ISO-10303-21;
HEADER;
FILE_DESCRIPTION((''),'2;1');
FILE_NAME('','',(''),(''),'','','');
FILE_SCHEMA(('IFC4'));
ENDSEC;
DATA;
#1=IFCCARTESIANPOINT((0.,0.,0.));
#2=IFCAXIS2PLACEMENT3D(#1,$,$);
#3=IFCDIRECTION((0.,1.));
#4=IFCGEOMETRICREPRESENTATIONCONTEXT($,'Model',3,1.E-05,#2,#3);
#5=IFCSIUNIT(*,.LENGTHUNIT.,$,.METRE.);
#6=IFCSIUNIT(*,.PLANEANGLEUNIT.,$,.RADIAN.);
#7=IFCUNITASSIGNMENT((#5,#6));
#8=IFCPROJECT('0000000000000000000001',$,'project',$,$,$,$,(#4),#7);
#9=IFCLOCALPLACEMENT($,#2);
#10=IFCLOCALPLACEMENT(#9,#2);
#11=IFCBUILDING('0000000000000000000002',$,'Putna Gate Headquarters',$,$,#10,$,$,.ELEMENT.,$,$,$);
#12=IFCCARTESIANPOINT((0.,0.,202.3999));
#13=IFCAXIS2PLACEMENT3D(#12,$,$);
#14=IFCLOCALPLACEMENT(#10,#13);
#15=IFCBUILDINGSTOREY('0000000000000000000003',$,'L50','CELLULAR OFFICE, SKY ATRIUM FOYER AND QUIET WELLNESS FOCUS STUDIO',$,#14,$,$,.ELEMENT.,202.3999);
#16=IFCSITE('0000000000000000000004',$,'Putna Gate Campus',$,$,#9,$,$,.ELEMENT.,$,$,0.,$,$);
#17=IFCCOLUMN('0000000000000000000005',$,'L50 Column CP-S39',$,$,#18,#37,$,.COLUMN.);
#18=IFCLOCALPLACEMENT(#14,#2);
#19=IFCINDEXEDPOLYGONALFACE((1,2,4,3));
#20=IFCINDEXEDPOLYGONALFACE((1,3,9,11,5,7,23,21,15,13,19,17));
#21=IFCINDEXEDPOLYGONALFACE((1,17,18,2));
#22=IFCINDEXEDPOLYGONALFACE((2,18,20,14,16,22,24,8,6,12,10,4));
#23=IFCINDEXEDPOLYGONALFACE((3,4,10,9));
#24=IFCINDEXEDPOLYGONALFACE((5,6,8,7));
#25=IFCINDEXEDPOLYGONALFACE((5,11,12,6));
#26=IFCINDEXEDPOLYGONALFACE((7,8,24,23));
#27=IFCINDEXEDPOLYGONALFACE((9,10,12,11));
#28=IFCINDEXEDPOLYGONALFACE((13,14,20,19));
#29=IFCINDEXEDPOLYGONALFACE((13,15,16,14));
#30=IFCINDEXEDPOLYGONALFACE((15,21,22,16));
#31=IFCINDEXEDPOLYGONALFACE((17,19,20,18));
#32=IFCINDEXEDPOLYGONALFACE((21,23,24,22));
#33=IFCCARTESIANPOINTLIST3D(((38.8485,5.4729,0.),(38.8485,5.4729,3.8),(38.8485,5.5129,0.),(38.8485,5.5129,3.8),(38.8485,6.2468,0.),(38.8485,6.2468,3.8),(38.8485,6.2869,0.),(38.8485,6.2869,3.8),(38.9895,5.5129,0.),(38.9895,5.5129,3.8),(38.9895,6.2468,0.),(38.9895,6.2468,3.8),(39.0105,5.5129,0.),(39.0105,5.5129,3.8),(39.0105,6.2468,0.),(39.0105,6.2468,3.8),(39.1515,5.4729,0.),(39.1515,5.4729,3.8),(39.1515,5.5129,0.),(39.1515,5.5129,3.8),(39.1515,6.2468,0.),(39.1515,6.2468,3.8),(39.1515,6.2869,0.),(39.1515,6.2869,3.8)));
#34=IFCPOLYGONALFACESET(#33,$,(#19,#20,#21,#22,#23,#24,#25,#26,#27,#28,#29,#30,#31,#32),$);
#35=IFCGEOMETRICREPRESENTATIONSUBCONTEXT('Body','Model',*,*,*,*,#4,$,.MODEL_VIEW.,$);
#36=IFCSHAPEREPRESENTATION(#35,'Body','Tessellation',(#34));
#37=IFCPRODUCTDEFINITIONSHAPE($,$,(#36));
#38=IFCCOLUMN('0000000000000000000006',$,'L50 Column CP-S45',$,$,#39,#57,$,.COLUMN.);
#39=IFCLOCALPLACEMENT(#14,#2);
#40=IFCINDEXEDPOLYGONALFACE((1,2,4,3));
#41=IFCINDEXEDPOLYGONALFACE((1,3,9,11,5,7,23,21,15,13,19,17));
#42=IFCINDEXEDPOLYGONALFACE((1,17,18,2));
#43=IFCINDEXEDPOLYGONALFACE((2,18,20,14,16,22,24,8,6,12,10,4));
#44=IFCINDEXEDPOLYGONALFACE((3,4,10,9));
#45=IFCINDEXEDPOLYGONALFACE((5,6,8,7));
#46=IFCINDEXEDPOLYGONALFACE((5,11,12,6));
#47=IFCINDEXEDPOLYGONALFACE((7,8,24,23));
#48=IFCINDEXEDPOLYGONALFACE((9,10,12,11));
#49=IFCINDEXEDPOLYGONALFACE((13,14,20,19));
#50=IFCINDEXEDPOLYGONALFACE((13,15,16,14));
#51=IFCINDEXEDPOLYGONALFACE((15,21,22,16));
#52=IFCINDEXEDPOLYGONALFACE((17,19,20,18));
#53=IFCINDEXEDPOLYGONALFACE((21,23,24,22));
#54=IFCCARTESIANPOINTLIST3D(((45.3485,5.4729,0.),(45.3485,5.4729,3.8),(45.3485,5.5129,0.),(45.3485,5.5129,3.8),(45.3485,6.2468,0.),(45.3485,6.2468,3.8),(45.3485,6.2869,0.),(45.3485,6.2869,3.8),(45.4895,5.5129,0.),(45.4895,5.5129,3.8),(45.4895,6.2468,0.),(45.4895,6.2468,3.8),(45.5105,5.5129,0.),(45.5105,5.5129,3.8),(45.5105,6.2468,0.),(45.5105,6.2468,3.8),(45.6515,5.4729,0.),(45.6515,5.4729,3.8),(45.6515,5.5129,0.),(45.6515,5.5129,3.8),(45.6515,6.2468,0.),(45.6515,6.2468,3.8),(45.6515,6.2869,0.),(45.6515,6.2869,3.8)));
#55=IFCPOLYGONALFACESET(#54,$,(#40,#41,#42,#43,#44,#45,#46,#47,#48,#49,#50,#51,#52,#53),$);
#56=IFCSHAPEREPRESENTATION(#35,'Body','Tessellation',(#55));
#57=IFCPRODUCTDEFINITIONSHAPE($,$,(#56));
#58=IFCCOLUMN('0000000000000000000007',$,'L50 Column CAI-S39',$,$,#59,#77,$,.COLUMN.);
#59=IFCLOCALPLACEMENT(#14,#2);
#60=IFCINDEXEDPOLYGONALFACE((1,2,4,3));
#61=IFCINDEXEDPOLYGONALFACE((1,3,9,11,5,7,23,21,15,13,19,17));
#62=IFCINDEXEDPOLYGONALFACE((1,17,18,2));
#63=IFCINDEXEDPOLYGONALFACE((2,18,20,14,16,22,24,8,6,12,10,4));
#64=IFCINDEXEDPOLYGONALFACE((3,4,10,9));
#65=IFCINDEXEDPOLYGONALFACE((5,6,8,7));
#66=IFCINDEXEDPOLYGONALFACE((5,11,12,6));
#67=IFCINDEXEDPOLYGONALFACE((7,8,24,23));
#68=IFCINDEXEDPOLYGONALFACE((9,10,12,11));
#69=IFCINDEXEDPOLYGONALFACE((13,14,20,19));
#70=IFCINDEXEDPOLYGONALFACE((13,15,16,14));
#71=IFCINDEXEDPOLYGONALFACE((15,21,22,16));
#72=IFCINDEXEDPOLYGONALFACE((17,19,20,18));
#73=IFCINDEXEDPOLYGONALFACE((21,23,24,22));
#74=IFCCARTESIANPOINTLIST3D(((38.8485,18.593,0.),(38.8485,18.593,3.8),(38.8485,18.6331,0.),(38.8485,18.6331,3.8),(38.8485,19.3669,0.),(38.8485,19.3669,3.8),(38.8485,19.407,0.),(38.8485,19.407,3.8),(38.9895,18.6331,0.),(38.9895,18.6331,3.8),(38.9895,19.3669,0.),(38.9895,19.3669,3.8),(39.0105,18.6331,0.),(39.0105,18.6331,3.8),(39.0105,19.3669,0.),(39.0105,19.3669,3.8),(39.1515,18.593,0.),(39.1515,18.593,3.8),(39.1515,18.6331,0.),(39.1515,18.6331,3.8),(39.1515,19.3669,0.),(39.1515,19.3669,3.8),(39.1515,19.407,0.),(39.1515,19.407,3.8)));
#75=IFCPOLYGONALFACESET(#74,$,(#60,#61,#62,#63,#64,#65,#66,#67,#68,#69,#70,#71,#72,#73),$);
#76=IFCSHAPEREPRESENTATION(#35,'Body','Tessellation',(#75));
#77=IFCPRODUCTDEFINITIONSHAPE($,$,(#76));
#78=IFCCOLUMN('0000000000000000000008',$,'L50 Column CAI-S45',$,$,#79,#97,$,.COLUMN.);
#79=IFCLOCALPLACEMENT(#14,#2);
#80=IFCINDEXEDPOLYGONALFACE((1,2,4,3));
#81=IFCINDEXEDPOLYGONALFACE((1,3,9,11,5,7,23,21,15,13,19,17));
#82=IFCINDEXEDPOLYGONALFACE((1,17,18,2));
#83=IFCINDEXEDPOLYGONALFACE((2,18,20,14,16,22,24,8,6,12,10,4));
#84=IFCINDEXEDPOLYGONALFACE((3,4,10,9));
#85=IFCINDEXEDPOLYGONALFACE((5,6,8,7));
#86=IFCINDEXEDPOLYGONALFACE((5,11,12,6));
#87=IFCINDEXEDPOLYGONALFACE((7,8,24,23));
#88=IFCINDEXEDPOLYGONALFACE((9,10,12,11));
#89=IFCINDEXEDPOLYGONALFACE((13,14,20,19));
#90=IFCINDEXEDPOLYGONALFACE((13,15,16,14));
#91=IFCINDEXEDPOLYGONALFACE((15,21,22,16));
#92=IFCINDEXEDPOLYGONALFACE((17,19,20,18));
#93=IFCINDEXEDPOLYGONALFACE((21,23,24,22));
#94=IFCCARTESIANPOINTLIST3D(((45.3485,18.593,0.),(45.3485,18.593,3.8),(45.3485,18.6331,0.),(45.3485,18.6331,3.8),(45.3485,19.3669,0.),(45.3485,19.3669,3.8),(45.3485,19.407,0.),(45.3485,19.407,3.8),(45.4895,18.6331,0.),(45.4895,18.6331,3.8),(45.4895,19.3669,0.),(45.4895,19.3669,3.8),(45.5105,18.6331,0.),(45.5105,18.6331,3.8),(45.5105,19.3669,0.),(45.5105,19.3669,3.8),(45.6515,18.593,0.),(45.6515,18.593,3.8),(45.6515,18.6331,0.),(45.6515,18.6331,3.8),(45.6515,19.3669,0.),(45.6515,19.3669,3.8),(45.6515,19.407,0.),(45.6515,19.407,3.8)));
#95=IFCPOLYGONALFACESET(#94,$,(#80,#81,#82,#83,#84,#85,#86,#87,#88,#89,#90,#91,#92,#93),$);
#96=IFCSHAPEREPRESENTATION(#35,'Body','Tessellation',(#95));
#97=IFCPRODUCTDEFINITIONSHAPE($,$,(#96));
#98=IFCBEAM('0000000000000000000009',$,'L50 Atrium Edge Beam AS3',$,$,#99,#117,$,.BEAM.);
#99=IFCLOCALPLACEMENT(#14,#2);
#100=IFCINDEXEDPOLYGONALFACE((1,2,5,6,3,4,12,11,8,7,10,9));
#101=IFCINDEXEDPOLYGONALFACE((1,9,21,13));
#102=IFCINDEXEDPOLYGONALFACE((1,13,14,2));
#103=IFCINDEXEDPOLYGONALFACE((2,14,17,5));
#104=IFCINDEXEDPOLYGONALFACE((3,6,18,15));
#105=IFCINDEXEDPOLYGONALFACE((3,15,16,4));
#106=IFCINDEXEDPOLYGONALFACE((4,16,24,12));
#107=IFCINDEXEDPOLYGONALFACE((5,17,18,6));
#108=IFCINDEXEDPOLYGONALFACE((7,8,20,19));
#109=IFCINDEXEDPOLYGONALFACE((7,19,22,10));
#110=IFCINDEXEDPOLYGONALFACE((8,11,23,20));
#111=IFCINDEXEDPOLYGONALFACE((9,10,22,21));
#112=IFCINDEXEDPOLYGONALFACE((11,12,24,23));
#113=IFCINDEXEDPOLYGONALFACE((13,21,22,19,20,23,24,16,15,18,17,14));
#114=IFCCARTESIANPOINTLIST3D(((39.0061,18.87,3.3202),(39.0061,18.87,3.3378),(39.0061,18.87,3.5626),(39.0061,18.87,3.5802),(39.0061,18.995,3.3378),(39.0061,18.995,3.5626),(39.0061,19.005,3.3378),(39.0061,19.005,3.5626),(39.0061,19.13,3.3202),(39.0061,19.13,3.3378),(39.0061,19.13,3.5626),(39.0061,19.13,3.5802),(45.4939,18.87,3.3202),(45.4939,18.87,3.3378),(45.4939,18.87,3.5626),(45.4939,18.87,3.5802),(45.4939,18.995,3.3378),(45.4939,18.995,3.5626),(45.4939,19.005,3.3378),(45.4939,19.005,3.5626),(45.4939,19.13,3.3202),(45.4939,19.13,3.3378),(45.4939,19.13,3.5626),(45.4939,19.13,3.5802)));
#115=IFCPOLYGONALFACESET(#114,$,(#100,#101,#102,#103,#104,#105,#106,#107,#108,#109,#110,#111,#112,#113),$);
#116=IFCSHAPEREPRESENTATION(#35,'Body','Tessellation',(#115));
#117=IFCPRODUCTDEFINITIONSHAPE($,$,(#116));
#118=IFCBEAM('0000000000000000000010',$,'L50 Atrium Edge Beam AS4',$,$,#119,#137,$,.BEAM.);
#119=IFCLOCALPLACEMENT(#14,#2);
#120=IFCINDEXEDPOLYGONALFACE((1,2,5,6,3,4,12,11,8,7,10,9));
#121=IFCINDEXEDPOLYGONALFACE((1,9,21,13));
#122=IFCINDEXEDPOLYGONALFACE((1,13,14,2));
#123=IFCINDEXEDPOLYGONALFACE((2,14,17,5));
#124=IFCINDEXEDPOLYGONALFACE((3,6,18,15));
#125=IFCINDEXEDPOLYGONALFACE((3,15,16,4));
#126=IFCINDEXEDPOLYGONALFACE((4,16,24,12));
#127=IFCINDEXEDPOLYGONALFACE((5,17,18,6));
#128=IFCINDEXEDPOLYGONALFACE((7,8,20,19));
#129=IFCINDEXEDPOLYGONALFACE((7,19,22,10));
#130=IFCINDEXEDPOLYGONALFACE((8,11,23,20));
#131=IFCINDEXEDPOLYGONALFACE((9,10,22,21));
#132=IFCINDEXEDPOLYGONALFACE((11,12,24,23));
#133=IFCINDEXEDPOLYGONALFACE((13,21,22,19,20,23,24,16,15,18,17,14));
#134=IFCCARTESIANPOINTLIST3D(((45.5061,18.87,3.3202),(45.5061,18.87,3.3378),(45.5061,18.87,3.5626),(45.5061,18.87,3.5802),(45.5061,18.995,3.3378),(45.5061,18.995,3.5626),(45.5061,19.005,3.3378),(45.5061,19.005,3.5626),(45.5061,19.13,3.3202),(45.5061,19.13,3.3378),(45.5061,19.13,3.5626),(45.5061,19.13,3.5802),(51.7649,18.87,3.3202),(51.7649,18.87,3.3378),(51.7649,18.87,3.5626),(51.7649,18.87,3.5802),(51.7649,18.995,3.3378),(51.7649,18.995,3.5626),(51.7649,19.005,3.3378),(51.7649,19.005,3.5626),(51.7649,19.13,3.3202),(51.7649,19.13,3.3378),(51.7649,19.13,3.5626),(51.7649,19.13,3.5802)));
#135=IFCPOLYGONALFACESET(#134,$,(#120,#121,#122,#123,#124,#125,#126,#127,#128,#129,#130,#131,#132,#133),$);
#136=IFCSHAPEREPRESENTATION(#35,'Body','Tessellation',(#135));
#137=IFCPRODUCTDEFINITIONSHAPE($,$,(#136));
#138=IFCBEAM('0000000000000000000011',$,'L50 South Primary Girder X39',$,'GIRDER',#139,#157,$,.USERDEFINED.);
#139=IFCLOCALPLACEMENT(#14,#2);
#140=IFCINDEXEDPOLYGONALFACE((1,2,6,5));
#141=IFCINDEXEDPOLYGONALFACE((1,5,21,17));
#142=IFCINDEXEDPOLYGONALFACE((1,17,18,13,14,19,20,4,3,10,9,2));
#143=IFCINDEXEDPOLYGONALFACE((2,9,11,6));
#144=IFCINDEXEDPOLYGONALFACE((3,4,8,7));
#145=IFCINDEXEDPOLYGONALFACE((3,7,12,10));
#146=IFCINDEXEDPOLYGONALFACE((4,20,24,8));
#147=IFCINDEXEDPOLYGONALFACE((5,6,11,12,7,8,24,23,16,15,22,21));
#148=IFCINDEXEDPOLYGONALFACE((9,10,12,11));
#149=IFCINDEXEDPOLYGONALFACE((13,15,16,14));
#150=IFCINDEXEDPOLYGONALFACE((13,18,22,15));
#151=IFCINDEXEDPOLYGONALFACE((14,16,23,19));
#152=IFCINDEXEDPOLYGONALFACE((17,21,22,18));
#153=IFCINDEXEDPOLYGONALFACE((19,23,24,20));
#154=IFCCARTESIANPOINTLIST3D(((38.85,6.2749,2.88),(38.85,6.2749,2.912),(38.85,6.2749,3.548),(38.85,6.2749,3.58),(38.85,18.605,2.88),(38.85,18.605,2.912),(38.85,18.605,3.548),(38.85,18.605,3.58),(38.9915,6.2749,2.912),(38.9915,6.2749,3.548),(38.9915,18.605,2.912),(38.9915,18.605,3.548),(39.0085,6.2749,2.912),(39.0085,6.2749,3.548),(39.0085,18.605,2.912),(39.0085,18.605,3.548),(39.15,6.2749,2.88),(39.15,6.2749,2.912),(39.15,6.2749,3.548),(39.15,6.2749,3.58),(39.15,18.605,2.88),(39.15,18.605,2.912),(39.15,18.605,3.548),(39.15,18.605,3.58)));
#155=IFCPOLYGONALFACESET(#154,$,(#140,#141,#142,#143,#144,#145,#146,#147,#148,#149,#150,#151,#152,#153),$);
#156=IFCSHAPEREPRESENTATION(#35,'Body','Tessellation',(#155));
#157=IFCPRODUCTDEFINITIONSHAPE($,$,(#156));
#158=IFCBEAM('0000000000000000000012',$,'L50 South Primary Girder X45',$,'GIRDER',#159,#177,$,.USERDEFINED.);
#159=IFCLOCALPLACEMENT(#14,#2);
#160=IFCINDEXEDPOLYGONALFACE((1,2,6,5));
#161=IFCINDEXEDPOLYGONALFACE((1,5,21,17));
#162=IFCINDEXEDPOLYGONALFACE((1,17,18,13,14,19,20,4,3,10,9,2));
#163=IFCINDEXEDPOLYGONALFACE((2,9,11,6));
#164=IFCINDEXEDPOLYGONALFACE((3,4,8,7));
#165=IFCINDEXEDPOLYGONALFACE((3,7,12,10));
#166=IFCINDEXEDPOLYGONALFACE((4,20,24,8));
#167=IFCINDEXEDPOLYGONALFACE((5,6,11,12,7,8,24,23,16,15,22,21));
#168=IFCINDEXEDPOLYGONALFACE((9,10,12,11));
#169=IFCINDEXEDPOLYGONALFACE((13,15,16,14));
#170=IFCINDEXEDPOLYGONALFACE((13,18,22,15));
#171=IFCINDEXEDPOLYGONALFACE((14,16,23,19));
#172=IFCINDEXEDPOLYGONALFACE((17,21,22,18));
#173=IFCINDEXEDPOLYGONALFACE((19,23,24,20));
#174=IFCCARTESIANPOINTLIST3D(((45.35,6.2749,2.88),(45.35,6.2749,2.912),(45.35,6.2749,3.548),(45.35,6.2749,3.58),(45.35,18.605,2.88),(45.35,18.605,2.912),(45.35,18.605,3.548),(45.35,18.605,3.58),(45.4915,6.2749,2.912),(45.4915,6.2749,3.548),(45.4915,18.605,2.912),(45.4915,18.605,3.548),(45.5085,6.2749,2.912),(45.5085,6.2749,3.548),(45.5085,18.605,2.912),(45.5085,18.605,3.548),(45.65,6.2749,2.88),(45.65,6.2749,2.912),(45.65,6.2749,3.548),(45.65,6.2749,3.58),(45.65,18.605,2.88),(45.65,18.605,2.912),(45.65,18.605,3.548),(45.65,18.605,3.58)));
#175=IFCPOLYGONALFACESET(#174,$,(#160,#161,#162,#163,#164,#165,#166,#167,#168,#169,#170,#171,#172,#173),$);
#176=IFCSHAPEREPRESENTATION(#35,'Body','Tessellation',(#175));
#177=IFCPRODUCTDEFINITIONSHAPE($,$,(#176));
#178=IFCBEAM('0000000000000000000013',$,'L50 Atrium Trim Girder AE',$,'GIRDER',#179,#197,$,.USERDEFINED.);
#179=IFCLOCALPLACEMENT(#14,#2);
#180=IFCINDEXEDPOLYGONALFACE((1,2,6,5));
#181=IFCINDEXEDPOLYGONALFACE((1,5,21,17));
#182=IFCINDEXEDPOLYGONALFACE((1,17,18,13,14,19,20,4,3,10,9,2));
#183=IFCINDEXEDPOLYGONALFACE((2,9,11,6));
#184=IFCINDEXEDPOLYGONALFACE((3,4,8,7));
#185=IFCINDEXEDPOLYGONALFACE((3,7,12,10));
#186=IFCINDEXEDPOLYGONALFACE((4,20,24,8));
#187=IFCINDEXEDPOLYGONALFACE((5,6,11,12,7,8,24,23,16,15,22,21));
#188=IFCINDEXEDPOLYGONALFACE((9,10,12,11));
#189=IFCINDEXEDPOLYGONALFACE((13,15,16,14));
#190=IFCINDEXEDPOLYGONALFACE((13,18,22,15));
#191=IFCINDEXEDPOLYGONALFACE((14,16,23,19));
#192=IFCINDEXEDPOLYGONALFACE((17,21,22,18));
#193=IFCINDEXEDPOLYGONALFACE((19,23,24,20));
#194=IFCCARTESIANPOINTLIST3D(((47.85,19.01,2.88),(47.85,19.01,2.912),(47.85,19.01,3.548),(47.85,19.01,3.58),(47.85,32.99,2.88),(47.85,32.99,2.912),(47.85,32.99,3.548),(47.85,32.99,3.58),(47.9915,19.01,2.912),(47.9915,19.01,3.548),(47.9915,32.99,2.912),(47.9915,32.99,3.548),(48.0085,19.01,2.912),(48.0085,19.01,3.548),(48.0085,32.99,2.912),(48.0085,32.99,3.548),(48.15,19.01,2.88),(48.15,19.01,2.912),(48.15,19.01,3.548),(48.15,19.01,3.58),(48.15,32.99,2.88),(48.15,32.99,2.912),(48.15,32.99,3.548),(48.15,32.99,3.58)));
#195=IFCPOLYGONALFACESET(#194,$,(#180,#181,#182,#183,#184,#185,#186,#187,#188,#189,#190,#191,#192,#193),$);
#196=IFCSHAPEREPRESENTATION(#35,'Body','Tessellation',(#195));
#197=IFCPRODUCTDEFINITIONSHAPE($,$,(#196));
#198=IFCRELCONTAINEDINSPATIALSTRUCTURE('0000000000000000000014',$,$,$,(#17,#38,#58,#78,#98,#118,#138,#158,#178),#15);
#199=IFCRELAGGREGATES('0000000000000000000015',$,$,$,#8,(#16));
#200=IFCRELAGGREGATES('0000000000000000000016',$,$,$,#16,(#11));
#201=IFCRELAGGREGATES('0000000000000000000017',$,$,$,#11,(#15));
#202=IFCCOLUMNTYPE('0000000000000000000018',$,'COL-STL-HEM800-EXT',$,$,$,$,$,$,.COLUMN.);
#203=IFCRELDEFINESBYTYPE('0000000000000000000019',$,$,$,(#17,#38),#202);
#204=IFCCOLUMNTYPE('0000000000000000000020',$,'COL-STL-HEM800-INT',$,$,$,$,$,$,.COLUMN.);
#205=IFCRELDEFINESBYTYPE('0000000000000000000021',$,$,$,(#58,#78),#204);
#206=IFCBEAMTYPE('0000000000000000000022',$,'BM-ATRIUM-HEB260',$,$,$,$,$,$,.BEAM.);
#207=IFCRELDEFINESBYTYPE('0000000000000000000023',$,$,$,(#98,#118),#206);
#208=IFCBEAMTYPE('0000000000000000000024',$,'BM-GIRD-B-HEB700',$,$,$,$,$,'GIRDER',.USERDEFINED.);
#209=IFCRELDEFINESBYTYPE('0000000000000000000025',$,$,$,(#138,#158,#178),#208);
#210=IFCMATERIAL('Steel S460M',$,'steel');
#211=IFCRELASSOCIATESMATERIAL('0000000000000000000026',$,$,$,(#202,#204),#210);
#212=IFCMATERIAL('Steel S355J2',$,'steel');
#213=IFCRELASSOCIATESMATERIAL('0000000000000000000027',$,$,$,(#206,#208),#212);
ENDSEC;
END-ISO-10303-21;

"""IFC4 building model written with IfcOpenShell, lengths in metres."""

from ifc_helpers import new_model, si_unit, direction, frame, origin, origin_2d, place, context, subcontext, project, spatial, i_section, extrude, material, material_profile, profile_set, type_object, element, save


model = new_model("IFC4")

# Units and contexts
model_context = context("Model", 3, precision=1e-05, world=origin(), true_north=direction((0.0, 1.0)))
body_context = subcontext(model_context, "Body", "Model", "MODEL_VIEW")
ifc_project = project(units=[si_unit("LENGTHUNIT", "METRE"), si_unit("PLANEANGLEUNIT", "RADIAN")], contexts=[model_context])

# Site, building, storey
site_placement = place(None, origin())
site = spatial("IfcSite", under=ifc_project, at=site_placement, Name="Putna Gate Campus", CompositionType="ELEMENT", RefElevation=0.0)
building_placement = place(site_placement, origin())
building = spatial("IfcBuilding", under=site, at=building_placement, Name="Putna Gate Headquarters", CompositionType="ELEMENT")
storey_placement = place(building_placement, frame((0.0, 0.0, 202.3999)))
storey = spatial("IfcBuildingStorey", under=building, at=storey_placement, Name="L50", Description="CELLULAR OFFICE, SKY ATRIUM FOYER AND QUIET WELLNESS FOCUS STUDIO", CompositionType="ELEMENT", Elevation=202.3999)

# Columns
ifc_material_1 = material(Name="Steel S460M", Category="steel")
ifc_material_profile_1 = material_profile(ifc_material_1, i_section(OverallWidth=0.303, OverallDepth=0.814, WebThickness=0.021, FlangeThickness=0.04, at=origin_2d()), Name="Steel S460M")
ifc_profile_set_1 = profile_set([ifc_material_profile_1], Name="Steel S460M")
column_type_1 = type_object("IfcColumnType", Name="COL-STL-HEM800-EXT", PredefinedType="COLUMN", material=ifc_profile_set_1)
for number, where, z_axis, x_axis, name in (
    (1, (39.0, 5.8799, 0.0), (0.0, 0.0, 1.0), (1.0, 0.0, 0.0), "L50 Column CP-S39"),
    (2, (45.5, 5.8799, 0.0), (0.0, 0.0, 1.0), (1.0, 0.0, 0.0), "L50 Column CP-S45"),
):
    element("IfcColumn", number, at=place(storey_placement, frame(where, z_axis=z_axis, x_axis=x_axis)), inside=storey, type_object=column_type_1, Name=name, PredefinedType="COLUMN", context=body_context, shape_type="SweptSolid", body=[
        extrude(i_section(OverallWidth=0.303, OverallDepth=0.814, WebThickness=0.021, FlangeThickness=0.04, at=origin_2d()), origin(), (0.0, 0.0, 1.0), 3.8),
    ])
ifc_material_profile_2 = material_profile(ifc_material_1, i_section(OverallWidth=0.303, OverallDepth=0.814, WebThickness=0.021, FlangeThickness=0.04, at=origin_2d()), Name="Steel S460M")
ifc_profile_set_2 = profile_set([ifc_material_profile_2], Name="Steel S460M")
column_type_2 = type_object("IfcColumnType", Name="COL-STL-HEM800-INT", PredefinedType="COLUMN", material=ifc_profile_set_2)
for number, where, z_axis, x_axis, name in (
    (3, (39.0, 19.0, 0.0), (0.0, 0.0, 1.0), (1.0, 0.0, 0.0), "L50 Column CAI-S39"),
    (4, (45.5, 19.0, 0.0), (0.0, 0.0, 1.0), (1.0, 0.0, 0.0), "L50 Column CAI-S45"),
):
    element("IfcColumn", number, at=place(storey_placement, frame(where, z_axis=z_axis, x_axis=x_axis)), inside=storey, type_object=column_type_2, Name=name, PredefinedType="COLUMN", context=body_context, shape_type="SweptSolid", body=[
        extrude(i_section(OverallWidth=0.303, OverallDepth=0.814, WebThickness=0.021, FlangeThickness=0.04, at=origin_2d()), origin(), (0.0, 0.0, 1.0), 3.8),
    ])

# Beams
ifc_material_2 = material(Name="Steel S355J2", Category="steel")
ifc_material_profile_3 = material_profile(ifc_material_2, i_section(OverallWidth=0.26, OverallDepth=0.26, WebThickness=0.01, FlangeThickness=0.0176, at=origin_2d()), Name="Steel S355J2")
ifc_profile_set_3 = profile_set([ifc_material_profile_3], Name="Steel S355J2")
beam_type_1 = type_object("IfcBeamType", Name="BM-ATRIUM-HEB260", PredefinedType="BEAM", material=ifc_profile_set_3)
beam_1_placement = place(storey_placement, frame((39.0061, 19.0, 3.4502), z_axis=(1.0, 0.0, 0.0), x_axis=(0.0, 1.0, 0.0)))
element("IfcBeam", 5, at=beam_1_placement, inside=storey, type_object=beam_type_1, Name="L50 Atrium Edge Beam AS3", PredefinedType="BEAM", context=body_context, shape_type="SweptSolid", body=[
    extrude(i_section(OverallWidth=0.26, OverallDepth=0.26, WebThickness=0.01, FlangeThickness=0.0176, at=origin_2d()), origin(), (0.0, 0.0, 1.0), 6.4878),
])
beam_2_placement = place(storey_placement, frame((45.5061, 19.0, 3.4502), z_axis=(1.0, 0.0, 0.0), x_axis=(0.0, 1.0, 0.0)))
element("IfcBeam", 6, at=beam_2_placement, inside=storey, type_object=beam_type_1, Name="L50 Atrium Edge Beam AS4", PredefinedType="BEAM", context=body_context, shape_type="SweptSolid", body=[
    extrude(i_section(OverallWidth=0.26, OverallDepth=0.26, WebThickness=0.01, FlangeThickness=0.0176, at=origin_2d()), origin(), (0.0, 0.0, 1.0), 6.2588),
])
ifc_material_profile_4 = material_profile(ifc_material_2, i_section(OverallWidth=0.3, OverallDepth=0.7, WebThickness=0.0171, FlangeThickness=0.032, at=origin_2d()), Name="Steel S355J2")
ifc_profile_set_4 = profile_set([ifc_material_profile_4], Name="Steel S355J2")
beam_type_2 = type_object("IfcBeamType", Name="BM-GIRD-B-HEB700", ElementType="GIRDER", PredefinedType="USERDEFINED", material=ifc_profile_set_4)
for number, where, z_axis, x_axis, name in (
    (7, (39.0, 6.2749, 3.23), (0.0, 1.0, 0.0), (-1.0, 0.0, 0.0), "L50 South Primary Girder X39"),
    (8, (45.5, 6.2749, 3.23), (0.0, 1.0, 0.0), (-1.0, 0.0, 0.0), "L50 South Primary Girder X45"),
):
    element("IfcBeam", number, at=place(storey_placement, frame(where, z_axis=z_axis, x_axis=x_axis)), inside=storey, type_object=beam_type_2, Name=name, ObjectType="GIRDER", PredefinedType="USERDEFINED", context=body_context, shape_type="SweptSolid", body=[
        extrude(i_section(OverallWidth=0.3, OverallDepth=0.7, WebThickness=0.0171, FlangeThickness=0.032, at=origin_2d()), origin(), (0.0, 0.0, 1.0), 12.3301),
    ])
beam_3_placement = place(storey_placement, frame((48.0, 19.01, 3.23), z_axis=(0.0, 1.0, 0.0), x_axis=(-1.0, 0.0, 0.0)))
element("IfcBeam", 9, at=beam_3_placement, inside=storey, type_object=beam_type_2, Name="L50 Atrium Trim Girder AE", ObjectType="GIRDER", PredefinedType="USERDEFINED", context=body_context, shape_type="SweptSolid", body=[
    extrude(i_section(OverallWidth=0.3, OverallDepth=0.7, WebThickness=0.0171, FlangeThickness=0.032, at=origin_2d()), origin(), (0.0, 0.0, 1.0), 13.98),
])

save(model, "model.ifc")
